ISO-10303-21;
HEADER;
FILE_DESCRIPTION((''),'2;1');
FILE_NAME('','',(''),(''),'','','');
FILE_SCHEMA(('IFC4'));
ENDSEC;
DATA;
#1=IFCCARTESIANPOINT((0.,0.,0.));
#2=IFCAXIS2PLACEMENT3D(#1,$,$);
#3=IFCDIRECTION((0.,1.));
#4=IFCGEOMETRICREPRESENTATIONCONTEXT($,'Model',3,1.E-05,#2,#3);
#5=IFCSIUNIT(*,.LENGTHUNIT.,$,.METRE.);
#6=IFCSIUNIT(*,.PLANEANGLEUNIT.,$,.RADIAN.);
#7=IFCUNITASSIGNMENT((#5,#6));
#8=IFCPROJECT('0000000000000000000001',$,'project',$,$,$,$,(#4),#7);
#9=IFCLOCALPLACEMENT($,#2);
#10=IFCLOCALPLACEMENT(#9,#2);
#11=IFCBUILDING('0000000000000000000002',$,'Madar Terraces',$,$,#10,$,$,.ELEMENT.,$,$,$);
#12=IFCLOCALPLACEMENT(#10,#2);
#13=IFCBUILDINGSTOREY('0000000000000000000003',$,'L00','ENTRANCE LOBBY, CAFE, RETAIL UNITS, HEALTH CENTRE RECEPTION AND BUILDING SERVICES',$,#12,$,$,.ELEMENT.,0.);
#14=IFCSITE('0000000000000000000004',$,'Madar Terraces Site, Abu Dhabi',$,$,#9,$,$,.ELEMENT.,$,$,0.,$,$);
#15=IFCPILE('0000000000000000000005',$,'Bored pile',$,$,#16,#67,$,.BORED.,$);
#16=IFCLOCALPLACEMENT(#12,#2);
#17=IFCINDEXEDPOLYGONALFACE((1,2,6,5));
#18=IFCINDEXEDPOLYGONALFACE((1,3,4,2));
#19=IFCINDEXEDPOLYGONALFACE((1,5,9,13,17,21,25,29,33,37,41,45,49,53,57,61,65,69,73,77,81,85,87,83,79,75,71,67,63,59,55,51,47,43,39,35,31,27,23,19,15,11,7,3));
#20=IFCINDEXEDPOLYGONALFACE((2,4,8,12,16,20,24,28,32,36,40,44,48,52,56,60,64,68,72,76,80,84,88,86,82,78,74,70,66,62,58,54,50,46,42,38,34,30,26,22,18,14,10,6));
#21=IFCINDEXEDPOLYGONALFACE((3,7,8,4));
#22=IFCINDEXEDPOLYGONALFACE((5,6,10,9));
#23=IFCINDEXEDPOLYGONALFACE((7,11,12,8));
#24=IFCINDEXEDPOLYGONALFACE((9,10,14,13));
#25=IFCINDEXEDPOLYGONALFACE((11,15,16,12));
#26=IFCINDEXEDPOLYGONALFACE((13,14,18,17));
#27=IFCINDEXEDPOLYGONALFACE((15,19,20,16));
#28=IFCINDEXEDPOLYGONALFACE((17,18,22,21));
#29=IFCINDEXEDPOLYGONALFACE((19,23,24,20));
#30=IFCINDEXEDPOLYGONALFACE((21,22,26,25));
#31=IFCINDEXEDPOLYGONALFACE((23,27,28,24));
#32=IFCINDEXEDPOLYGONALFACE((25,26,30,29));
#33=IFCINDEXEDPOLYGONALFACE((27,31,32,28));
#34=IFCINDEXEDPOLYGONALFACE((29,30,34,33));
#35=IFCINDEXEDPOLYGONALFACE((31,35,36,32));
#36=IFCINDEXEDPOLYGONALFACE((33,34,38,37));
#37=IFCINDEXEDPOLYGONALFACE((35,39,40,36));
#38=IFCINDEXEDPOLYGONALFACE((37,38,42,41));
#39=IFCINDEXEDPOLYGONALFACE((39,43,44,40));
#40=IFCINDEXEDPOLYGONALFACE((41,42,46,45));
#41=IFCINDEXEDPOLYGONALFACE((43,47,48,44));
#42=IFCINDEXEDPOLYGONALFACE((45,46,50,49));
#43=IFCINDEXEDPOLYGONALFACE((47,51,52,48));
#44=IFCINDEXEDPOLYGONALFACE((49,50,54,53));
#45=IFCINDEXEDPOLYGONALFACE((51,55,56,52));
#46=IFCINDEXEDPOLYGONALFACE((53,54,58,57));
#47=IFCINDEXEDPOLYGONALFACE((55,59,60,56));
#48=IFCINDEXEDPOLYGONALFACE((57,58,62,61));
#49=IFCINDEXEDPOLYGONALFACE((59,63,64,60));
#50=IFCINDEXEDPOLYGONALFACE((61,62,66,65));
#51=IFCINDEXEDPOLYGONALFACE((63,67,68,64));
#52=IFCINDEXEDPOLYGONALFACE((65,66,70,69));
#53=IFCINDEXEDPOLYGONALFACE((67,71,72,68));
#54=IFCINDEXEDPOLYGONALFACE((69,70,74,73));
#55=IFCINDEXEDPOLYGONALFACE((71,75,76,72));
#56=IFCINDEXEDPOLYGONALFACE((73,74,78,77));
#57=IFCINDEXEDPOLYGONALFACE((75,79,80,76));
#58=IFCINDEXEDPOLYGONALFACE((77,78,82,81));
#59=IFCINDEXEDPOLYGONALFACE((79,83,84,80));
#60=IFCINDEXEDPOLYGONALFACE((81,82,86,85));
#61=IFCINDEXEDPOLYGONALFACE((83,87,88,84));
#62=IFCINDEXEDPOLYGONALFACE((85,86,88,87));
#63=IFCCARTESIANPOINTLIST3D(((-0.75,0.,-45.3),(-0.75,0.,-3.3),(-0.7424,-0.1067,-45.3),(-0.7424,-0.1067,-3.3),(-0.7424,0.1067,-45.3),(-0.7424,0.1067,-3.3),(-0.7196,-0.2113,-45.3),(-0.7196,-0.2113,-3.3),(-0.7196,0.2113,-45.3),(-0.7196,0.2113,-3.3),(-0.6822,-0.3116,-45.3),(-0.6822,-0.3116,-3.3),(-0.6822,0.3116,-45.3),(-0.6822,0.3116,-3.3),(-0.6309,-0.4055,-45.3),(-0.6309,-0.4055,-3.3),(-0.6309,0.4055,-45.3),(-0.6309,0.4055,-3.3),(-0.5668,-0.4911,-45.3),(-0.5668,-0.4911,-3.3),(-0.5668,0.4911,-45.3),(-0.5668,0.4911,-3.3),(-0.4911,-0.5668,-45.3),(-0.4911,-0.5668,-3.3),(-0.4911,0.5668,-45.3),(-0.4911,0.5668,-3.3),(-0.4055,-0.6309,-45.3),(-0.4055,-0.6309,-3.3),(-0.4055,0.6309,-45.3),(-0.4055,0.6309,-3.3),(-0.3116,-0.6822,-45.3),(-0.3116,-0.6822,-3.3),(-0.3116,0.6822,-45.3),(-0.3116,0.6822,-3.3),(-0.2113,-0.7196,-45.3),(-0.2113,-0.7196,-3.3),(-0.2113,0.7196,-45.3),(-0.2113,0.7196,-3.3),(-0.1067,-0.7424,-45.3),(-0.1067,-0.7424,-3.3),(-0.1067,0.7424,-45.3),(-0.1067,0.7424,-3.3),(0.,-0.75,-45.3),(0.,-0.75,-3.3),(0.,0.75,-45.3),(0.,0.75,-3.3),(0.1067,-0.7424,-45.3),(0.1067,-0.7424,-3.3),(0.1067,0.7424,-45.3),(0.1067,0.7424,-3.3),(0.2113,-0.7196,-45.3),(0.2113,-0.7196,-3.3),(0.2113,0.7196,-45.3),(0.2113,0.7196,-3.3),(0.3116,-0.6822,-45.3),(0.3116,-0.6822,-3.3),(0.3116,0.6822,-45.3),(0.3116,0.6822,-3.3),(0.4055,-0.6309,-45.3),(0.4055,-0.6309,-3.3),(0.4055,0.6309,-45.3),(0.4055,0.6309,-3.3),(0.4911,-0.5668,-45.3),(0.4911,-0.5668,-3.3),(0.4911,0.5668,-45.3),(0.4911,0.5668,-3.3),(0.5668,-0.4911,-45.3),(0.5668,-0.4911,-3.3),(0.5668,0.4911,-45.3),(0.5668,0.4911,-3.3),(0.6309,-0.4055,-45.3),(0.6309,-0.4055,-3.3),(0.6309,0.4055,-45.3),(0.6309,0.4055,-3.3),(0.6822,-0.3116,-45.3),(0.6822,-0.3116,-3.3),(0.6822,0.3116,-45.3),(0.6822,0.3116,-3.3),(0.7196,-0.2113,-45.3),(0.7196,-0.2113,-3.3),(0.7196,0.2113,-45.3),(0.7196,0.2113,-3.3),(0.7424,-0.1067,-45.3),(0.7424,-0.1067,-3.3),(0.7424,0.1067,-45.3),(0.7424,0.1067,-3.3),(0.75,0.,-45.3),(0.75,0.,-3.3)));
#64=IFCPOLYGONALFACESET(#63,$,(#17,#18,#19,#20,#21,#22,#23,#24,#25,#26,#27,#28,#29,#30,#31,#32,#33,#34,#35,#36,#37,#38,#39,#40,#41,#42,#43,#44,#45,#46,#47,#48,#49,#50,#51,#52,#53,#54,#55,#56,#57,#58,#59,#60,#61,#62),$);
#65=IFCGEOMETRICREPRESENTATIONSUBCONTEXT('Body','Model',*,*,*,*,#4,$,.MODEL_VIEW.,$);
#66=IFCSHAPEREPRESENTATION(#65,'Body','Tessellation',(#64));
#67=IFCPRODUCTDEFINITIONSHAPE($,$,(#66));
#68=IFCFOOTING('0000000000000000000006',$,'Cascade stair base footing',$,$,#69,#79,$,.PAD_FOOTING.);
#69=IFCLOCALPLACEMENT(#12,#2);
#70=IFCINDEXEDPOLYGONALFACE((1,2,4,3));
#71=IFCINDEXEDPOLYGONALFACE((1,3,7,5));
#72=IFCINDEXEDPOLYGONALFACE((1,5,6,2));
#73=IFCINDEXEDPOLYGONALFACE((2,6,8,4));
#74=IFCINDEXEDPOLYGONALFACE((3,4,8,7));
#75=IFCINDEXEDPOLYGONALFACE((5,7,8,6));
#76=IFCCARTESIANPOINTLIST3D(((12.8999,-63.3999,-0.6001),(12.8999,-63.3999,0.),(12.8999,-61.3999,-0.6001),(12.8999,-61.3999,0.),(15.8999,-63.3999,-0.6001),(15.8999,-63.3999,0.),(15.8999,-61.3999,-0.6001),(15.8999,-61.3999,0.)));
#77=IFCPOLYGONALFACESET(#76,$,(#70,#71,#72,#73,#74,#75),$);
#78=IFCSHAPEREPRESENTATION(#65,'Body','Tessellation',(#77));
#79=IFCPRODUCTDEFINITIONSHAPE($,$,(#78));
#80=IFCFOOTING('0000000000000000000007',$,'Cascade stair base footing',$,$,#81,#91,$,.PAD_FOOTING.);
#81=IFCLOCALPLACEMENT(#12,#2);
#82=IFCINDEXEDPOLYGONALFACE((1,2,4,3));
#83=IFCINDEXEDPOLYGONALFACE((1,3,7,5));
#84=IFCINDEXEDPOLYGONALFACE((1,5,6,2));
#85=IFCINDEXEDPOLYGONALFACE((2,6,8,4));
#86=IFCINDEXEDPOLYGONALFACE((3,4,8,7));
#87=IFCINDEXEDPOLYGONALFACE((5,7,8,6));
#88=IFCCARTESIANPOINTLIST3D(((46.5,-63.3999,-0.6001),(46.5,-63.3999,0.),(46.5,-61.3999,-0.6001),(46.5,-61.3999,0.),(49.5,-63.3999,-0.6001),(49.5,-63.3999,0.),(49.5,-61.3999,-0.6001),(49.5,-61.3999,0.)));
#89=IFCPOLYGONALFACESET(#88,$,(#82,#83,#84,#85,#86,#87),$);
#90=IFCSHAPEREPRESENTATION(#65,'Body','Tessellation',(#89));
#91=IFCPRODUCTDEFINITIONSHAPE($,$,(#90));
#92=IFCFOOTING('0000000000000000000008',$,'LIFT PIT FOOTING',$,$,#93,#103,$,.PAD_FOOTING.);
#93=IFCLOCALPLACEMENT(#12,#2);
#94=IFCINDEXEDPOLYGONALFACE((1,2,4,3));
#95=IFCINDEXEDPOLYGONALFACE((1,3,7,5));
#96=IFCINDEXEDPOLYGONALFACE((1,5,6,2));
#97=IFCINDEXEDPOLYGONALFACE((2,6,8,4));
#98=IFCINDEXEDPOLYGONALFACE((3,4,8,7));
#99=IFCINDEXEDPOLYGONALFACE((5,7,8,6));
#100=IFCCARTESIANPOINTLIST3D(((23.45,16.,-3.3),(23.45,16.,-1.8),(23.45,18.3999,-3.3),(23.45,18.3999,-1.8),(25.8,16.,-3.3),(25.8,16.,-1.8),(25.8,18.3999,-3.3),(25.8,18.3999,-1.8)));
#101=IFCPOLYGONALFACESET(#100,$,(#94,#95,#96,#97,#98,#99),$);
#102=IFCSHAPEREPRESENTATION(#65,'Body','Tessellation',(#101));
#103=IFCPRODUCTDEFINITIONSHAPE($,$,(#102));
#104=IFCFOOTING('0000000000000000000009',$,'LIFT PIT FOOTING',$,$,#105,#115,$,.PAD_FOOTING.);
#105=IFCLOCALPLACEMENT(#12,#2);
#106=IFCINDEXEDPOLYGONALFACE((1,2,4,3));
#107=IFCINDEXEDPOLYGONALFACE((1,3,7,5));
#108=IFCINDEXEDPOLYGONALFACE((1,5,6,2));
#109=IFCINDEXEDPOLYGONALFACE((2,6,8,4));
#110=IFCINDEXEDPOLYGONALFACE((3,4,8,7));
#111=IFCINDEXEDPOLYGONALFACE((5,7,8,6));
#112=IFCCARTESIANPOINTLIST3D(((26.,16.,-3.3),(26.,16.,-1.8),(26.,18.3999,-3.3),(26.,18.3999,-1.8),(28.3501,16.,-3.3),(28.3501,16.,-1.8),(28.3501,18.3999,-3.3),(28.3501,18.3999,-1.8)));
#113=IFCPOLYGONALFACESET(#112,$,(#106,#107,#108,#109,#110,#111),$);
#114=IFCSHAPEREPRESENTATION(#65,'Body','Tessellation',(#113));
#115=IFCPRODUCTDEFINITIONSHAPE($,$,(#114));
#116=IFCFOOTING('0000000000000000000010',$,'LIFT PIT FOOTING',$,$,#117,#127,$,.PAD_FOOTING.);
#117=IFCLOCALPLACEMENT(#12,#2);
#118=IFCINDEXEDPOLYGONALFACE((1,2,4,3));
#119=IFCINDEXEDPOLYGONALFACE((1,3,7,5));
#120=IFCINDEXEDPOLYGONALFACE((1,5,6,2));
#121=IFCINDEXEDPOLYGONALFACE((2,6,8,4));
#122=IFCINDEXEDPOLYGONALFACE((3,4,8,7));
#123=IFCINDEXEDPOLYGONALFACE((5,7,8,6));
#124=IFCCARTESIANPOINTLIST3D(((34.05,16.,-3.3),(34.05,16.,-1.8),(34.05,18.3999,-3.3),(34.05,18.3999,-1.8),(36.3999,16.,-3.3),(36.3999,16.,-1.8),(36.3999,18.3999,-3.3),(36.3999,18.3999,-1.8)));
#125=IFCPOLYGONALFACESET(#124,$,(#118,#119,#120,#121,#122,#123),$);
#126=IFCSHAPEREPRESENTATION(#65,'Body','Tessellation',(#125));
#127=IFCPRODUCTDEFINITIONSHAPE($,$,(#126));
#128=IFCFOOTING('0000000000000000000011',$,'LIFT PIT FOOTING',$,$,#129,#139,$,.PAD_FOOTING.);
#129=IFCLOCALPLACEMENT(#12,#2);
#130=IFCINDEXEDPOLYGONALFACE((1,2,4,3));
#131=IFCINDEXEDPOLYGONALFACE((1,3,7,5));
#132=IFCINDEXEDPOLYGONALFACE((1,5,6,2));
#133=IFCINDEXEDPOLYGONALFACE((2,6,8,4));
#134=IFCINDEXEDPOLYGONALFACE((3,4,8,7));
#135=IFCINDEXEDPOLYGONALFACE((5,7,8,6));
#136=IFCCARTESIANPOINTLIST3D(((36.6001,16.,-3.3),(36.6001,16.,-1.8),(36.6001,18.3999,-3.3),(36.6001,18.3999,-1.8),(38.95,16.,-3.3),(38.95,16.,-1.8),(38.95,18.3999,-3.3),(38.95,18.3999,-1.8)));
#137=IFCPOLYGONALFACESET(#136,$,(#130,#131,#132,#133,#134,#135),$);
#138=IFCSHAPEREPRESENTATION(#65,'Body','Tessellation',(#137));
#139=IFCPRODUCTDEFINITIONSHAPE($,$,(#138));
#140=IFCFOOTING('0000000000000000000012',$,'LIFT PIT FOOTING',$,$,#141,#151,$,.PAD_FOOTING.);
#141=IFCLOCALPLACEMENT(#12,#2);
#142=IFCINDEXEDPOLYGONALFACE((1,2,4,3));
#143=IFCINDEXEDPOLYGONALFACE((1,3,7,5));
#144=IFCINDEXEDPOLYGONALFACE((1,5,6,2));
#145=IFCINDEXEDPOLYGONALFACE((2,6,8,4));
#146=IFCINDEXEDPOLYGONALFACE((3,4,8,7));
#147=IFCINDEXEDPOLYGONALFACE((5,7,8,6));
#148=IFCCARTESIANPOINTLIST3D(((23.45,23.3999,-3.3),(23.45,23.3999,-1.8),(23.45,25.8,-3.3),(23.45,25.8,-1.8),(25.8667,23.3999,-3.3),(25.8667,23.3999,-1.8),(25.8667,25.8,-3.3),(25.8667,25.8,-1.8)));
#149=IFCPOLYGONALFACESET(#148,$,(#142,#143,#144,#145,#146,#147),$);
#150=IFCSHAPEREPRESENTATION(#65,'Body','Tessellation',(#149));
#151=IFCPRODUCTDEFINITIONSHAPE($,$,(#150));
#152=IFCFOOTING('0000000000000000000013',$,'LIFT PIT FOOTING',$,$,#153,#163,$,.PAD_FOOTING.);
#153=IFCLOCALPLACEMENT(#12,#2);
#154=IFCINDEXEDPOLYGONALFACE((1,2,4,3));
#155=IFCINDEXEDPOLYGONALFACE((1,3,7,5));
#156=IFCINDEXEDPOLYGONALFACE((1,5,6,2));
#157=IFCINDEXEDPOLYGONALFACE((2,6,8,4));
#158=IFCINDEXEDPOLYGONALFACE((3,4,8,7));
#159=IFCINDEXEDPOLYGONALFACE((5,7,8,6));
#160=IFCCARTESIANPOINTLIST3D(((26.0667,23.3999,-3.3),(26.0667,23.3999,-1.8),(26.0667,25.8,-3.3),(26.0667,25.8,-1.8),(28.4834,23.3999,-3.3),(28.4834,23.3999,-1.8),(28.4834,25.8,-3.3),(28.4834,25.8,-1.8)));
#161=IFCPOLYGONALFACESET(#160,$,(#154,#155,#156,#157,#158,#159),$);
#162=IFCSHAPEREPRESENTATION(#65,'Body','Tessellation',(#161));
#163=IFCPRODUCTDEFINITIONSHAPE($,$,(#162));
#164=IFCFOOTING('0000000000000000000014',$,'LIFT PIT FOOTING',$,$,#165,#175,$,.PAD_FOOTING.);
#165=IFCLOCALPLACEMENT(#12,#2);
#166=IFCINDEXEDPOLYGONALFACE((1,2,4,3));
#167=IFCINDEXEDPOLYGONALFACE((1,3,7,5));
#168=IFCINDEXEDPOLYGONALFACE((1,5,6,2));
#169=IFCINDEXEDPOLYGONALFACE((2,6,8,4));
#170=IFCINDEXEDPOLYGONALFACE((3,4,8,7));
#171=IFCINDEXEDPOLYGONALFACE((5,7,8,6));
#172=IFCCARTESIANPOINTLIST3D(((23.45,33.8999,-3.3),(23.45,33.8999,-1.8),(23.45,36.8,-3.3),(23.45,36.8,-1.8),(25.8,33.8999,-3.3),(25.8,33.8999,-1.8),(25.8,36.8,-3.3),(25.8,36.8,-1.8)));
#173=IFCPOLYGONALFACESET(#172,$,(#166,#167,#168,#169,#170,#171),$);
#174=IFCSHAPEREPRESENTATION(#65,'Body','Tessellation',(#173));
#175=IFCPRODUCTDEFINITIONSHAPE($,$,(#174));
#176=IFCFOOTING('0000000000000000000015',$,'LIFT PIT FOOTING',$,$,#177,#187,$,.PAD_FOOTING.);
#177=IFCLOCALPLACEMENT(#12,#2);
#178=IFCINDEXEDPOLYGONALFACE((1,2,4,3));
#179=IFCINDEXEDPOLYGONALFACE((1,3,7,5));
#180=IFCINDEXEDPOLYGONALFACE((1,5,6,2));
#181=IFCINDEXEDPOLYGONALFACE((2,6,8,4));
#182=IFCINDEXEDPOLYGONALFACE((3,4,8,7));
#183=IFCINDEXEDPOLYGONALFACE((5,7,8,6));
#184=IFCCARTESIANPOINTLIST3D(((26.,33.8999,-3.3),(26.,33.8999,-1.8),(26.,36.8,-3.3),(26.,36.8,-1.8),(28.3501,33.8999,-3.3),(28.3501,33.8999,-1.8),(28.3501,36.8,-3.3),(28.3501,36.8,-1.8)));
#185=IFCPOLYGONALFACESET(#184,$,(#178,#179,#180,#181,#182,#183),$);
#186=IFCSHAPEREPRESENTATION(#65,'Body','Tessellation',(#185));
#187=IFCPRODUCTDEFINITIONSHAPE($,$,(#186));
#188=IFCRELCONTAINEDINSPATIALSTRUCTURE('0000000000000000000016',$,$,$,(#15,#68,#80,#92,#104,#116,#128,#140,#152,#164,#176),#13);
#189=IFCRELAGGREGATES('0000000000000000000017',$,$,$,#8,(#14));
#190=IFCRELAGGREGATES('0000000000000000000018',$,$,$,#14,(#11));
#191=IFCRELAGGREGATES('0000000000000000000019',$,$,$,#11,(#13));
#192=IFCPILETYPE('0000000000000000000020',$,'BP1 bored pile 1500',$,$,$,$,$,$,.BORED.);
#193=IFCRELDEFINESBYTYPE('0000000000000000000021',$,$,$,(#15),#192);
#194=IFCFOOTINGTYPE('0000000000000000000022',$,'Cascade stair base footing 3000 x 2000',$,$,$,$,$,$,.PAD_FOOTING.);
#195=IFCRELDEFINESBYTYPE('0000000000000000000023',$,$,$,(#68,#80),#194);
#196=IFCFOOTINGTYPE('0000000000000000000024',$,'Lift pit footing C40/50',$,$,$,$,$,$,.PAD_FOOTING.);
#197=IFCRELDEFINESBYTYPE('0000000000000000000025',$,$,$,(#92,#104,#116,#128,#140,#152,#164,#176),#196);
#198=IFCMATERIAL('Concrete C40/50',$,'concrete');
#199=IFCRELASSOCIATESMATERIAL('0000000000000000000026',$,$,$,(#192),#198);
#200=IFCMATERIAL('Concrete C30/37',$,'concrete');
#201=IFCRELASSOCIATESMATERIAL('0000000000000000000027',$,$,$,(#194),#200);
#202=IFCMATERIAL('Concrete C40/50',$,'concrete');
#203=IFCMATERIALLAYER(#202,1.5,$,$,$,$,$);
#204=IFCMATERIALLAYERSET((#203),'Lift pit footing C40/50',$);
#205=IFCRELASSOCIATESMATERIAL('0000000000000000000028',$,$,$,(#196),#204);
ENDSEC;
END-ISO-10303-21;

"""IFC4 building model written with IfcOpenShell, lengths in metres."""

from ifc_helpers import new_model, si_unit, direction, frame, origin, origin_2d, place, context, subcontext, project, spatial, polyline, circle, outline, extrude, material, layer, layer_set, material_profile, profile_set, type_object, element, save


model = new_model("IFC4")

# Units and contexts
model_context = context("Model", 3, precision=1e-05, world=origin(), true_north=direction((0.0, 1.0)))
body_context = subcontext(model_context, "Body", "Model", "MODEL_VIEW")
ifc_project = project(units=[si_unit("LENGTHUNIT", "METRE"), si_unit("PLANEANGLEUNIT", "RADIAN")], contexts=[model_context])

# Site, building, storey
site_placement = place(None, origin())
site = spatial("IfcSite", under=ifc_project, at=site_placement, Name="Madar Terraces Site, Abu Dhabi", CompositionType="ELEMENT", RefElevation=0.0)
building_placement = place(site_placement, origin())
building = spatial("IfcBuilding", under=site, at=building_placement, Name="Madar Terraces", CompositionType="ELEMENT")
storey_placement = place(building_placement, origin())
storey = spatial("IfcBuildingStorey", under=building, at=storey_placement, Name="L00", Description="ENTRANCE LOBBY, CAFE, RETAIL UNITS, HEALTH CENTRE RECEPTION AND BUILDING SERVICES", CompositionType="ELEMENT", Elevation=0.0)

# Pile
ifc_material_1 = material(Name="Concrete C40/50", Category="concrete")
ifc_material_profile_1 = material_profile(ifc_material_1, circle(Radius=0.75, at=origin_2d()), Name="BP1 bored pile 1500")
ifc_profile_set_1 = profile_set([ifc_material_profile_1], Name="Concrete C40/50")
pile_type = type_object("IfcPileType", Name="BP1 bored pile 1500", PredefinedType="BORED", material=ifc_profile_set_1)
pile_placement = place(storey_placement, frame((0.0, 0.0, -3.3), z_axis=(0.0, 0.0, -1.0), x_axis=(1.0, 0.0, 0.0)))
element("IfcPile", 1, at=pile_placement, inside=storey, type_object=pile_type, Name="Bored pile", PredefinedType="BORED", context=body_context, shape_type="SweptSolid", body=[
    extrude(circle(Radius=0.75, at=origin_2d()), origin(), (0.0, 0.0, 1.0), 42.0),
])

# Footings
ifc_material_2 = material(Name="Concrete C30/37", Category="concrete")
footing_type_1 = type_object("IfcFootingType", Name="Cascade stair base footing 3000 x 2000", PredefinedType="PAD_FOOTING", material=ifc_material_2)
footing_1_placement = place(storey_placement, frame((0.0, 0.0, -0.6001)))
element("IfcFooting", 2, at=footing_1_placement, inside=storey, type_object=footing_type_1, Name="Cascade stair base footing", PredefinedType="PAD_FOOTING", context=body_context, shape_type="SweptSolid", body=[
    extrude(outline(polyline([(15.8999, -63.3999), (15.8999, -61.3999), (12.8999, -61.3999), (12.8999, -63.3999), (15.8999, -63.3999)])), origin(), (0.0, 0.0, 1.0), 0.6001),
])
footing_2_placement = place(storey_placement, frame((0.0, 0.0, -0.6001)))
element("IfcFooting", 3, at=footing_2_placement, inside=storey, type_object=footing_type_1, Name="Cascade stair base footing", PredefinedType="PAD_FOOTING", context=body_context, shape_type="SweptSolid", body=[
    extrude(outline(polyline([(49.5, -63.3999), (49.5, -61.3999), (46.5, -61.3999), (46.5, -63.3999), (49.5, -63.3999)])), origin(), (0.0, 0.0, 1.0), 0.6001),
])
ifc_material_3 = material(Name="Concrete C40/50", Category="concrete")
ifc_layer_1 = layer(ifc_material_3, 1.5)
ifc_layer_set_1 = layer_set([ifc_layer_1], Name="Lift pit footing C40/50")
footing_type_2 = type_object("IfcFootingType", Name="Lift pit footing C40/50", PredefinedType="PAD_FOOTING", material=ifc_layer_set_1)
footing_3_placement = place(storey_placement, frame((0.0, 0.0, -3.3)))
element("IfcFooting", 4, at=footing_3_placement, inside=storey, type_object=footing_type_2, Name="LIFT PIT FOOTING", PredefinedType="PAD_FOOTING", context=body_context, shape_type="SweptSolid", body=[
    extrude(outline(polyline([(23.45, 16.0), (25.8, 16.0), (25.8, 18.3999), (23.45, 18.3999), (23.45, 16.0)])), origin(), (0.0, 0.0, 1.0), 1.5),
])
footing_4_placement = place(storey_placement, frame((0.0, 0.0, -3.3)))
element("IfcFooting", 5, at=footing_4_placement, inside=storey, type_object=footing_type_2, Name="LIFT PIT FOOTING", PredefinedType="PAD_FOOTING", context=body_context, shape_type="SweptSolid", body=[
    extrude(outline(polyline([(26.0, 16.0), (28.3501, 16.0), (28.3501, 18.3999), (26.0, 18.3999), (26.0, 16.0)])), origin(), (0.0, 0.0, 1.0), 1.5),
])
footing_5_placement = place(storey_placement, frame((0.0, 0.0, -3.3)))
element("IfcFooting", 6, at=footing_5_placement, inside=storey, type_object=footing_type_2, Name="LIFT PIT FOOTING", PredefinedType="PAD_FOOTING", context=body_context, shape_type="SweptSolid", body=[
    extrude(outline(polyline([(34.05, 16.0), (36.3999, 16.0), (36.3999, 18.3999), (34.05, 18.3999), (34.05, 16.0)])), origin(), (0.0, 0.0, 1.0), 1.5),
])
footing_6_placement = place(storey_placement, frame((0.0, 0.0, -3.3)))
element("IfcFooting", 7, at=footing_6_placement, inside=storey, type_object=footing_type_2, Name="LIFT PIT FOOTING", PredefinedType="PAD_FOOTING", context=body_context, shape_type="SweptSolid", body=[
    extrude(outline(polyline([(36.6001, 16.0), (38.95, 16.0), (38.95, 18.3999), (36.6001, 18.3999), (36.6001, 16.0)])), origin(), (0.0, 0.0, 1.0), 1.5),
])
footing_7_placement = place(storey_placement, frame((0.0, 0.0, -3.3)))
element("IfcFooting", 8, at=footing_7_placement, inside=storey, type_object=footing_type_2, Name="LIFT PIT FOOTING", PredefinedType="PAD_FOOTING", context=body_context, shape_type="SweptSolid", body=[
    extrude(outline(polyline([(23.45, 23.3999), (25.8667, 23.3999), (25.8667, 25.8), (23.45, 25.8), (23.45, 23.3999)])), origin(), (0.0, 0.0, 1.0), 1.5),
])
footing_8_placement = place(storey_placement, frame((0.0, 0.0, -3.3)))
element("IfcFooting", 9, at=footing_8_placement, inside=storey, type_object=footing_type_2, Name="LIFT PIT FOOTING", PredefinedType="PAD_FOOTING", context=body_context, shape_type="SweptSolid", body=[
    extrude(outline(polyline([(26.0667, 23.3999), (28.4834, 23.3999), (28.4834, 25.8), (26.0667, 25.8), (26.0667, 23.3999)])), origin(), (0.0, 0.0, 1.0), 1.5),
])
footing_9_placement = place(storey_placement, frame((0.0, 0.0, -3.3)))
element("IfcFooting", 10, at=footing_9_placement, inside=storey, type_object=footing_type_2, Name="LIFT PIT FOOTING", PredefinedType="PAD_FOOTING", context=body_context, shape_type="SweptSolid", body=[
    extrude(outline(polyline([(23.45, 33.8999), (25.8, 33.8999), (25.8, 36.8), (23.45, 36.8), (23.45, 33.8999)])), origin(), (0.0, 0.0, 1.0), 1.5),
])
footing_10_placement = place(storey_placement, frame((0.0, 0.0, -3.3)))
element("IfcFooting", 11, at=footing_10_placement, inside=storey, type_object=footing_type_2, Name="LIFT PIT FOOTING", PredefinedType="PAD_FOOTING", context=body_context, shape_type="SweptSolid", body=[
    extrude(outline(polyline([(26.0, 33.8999), (28.3501, 33.8999), (28.3501, 36.8), (26.0, 36.8), (26.0, 33.8999)])), origin(), (0.0, 0.0, 1.0), 1.5),
])

save(model, "model.ifc")
